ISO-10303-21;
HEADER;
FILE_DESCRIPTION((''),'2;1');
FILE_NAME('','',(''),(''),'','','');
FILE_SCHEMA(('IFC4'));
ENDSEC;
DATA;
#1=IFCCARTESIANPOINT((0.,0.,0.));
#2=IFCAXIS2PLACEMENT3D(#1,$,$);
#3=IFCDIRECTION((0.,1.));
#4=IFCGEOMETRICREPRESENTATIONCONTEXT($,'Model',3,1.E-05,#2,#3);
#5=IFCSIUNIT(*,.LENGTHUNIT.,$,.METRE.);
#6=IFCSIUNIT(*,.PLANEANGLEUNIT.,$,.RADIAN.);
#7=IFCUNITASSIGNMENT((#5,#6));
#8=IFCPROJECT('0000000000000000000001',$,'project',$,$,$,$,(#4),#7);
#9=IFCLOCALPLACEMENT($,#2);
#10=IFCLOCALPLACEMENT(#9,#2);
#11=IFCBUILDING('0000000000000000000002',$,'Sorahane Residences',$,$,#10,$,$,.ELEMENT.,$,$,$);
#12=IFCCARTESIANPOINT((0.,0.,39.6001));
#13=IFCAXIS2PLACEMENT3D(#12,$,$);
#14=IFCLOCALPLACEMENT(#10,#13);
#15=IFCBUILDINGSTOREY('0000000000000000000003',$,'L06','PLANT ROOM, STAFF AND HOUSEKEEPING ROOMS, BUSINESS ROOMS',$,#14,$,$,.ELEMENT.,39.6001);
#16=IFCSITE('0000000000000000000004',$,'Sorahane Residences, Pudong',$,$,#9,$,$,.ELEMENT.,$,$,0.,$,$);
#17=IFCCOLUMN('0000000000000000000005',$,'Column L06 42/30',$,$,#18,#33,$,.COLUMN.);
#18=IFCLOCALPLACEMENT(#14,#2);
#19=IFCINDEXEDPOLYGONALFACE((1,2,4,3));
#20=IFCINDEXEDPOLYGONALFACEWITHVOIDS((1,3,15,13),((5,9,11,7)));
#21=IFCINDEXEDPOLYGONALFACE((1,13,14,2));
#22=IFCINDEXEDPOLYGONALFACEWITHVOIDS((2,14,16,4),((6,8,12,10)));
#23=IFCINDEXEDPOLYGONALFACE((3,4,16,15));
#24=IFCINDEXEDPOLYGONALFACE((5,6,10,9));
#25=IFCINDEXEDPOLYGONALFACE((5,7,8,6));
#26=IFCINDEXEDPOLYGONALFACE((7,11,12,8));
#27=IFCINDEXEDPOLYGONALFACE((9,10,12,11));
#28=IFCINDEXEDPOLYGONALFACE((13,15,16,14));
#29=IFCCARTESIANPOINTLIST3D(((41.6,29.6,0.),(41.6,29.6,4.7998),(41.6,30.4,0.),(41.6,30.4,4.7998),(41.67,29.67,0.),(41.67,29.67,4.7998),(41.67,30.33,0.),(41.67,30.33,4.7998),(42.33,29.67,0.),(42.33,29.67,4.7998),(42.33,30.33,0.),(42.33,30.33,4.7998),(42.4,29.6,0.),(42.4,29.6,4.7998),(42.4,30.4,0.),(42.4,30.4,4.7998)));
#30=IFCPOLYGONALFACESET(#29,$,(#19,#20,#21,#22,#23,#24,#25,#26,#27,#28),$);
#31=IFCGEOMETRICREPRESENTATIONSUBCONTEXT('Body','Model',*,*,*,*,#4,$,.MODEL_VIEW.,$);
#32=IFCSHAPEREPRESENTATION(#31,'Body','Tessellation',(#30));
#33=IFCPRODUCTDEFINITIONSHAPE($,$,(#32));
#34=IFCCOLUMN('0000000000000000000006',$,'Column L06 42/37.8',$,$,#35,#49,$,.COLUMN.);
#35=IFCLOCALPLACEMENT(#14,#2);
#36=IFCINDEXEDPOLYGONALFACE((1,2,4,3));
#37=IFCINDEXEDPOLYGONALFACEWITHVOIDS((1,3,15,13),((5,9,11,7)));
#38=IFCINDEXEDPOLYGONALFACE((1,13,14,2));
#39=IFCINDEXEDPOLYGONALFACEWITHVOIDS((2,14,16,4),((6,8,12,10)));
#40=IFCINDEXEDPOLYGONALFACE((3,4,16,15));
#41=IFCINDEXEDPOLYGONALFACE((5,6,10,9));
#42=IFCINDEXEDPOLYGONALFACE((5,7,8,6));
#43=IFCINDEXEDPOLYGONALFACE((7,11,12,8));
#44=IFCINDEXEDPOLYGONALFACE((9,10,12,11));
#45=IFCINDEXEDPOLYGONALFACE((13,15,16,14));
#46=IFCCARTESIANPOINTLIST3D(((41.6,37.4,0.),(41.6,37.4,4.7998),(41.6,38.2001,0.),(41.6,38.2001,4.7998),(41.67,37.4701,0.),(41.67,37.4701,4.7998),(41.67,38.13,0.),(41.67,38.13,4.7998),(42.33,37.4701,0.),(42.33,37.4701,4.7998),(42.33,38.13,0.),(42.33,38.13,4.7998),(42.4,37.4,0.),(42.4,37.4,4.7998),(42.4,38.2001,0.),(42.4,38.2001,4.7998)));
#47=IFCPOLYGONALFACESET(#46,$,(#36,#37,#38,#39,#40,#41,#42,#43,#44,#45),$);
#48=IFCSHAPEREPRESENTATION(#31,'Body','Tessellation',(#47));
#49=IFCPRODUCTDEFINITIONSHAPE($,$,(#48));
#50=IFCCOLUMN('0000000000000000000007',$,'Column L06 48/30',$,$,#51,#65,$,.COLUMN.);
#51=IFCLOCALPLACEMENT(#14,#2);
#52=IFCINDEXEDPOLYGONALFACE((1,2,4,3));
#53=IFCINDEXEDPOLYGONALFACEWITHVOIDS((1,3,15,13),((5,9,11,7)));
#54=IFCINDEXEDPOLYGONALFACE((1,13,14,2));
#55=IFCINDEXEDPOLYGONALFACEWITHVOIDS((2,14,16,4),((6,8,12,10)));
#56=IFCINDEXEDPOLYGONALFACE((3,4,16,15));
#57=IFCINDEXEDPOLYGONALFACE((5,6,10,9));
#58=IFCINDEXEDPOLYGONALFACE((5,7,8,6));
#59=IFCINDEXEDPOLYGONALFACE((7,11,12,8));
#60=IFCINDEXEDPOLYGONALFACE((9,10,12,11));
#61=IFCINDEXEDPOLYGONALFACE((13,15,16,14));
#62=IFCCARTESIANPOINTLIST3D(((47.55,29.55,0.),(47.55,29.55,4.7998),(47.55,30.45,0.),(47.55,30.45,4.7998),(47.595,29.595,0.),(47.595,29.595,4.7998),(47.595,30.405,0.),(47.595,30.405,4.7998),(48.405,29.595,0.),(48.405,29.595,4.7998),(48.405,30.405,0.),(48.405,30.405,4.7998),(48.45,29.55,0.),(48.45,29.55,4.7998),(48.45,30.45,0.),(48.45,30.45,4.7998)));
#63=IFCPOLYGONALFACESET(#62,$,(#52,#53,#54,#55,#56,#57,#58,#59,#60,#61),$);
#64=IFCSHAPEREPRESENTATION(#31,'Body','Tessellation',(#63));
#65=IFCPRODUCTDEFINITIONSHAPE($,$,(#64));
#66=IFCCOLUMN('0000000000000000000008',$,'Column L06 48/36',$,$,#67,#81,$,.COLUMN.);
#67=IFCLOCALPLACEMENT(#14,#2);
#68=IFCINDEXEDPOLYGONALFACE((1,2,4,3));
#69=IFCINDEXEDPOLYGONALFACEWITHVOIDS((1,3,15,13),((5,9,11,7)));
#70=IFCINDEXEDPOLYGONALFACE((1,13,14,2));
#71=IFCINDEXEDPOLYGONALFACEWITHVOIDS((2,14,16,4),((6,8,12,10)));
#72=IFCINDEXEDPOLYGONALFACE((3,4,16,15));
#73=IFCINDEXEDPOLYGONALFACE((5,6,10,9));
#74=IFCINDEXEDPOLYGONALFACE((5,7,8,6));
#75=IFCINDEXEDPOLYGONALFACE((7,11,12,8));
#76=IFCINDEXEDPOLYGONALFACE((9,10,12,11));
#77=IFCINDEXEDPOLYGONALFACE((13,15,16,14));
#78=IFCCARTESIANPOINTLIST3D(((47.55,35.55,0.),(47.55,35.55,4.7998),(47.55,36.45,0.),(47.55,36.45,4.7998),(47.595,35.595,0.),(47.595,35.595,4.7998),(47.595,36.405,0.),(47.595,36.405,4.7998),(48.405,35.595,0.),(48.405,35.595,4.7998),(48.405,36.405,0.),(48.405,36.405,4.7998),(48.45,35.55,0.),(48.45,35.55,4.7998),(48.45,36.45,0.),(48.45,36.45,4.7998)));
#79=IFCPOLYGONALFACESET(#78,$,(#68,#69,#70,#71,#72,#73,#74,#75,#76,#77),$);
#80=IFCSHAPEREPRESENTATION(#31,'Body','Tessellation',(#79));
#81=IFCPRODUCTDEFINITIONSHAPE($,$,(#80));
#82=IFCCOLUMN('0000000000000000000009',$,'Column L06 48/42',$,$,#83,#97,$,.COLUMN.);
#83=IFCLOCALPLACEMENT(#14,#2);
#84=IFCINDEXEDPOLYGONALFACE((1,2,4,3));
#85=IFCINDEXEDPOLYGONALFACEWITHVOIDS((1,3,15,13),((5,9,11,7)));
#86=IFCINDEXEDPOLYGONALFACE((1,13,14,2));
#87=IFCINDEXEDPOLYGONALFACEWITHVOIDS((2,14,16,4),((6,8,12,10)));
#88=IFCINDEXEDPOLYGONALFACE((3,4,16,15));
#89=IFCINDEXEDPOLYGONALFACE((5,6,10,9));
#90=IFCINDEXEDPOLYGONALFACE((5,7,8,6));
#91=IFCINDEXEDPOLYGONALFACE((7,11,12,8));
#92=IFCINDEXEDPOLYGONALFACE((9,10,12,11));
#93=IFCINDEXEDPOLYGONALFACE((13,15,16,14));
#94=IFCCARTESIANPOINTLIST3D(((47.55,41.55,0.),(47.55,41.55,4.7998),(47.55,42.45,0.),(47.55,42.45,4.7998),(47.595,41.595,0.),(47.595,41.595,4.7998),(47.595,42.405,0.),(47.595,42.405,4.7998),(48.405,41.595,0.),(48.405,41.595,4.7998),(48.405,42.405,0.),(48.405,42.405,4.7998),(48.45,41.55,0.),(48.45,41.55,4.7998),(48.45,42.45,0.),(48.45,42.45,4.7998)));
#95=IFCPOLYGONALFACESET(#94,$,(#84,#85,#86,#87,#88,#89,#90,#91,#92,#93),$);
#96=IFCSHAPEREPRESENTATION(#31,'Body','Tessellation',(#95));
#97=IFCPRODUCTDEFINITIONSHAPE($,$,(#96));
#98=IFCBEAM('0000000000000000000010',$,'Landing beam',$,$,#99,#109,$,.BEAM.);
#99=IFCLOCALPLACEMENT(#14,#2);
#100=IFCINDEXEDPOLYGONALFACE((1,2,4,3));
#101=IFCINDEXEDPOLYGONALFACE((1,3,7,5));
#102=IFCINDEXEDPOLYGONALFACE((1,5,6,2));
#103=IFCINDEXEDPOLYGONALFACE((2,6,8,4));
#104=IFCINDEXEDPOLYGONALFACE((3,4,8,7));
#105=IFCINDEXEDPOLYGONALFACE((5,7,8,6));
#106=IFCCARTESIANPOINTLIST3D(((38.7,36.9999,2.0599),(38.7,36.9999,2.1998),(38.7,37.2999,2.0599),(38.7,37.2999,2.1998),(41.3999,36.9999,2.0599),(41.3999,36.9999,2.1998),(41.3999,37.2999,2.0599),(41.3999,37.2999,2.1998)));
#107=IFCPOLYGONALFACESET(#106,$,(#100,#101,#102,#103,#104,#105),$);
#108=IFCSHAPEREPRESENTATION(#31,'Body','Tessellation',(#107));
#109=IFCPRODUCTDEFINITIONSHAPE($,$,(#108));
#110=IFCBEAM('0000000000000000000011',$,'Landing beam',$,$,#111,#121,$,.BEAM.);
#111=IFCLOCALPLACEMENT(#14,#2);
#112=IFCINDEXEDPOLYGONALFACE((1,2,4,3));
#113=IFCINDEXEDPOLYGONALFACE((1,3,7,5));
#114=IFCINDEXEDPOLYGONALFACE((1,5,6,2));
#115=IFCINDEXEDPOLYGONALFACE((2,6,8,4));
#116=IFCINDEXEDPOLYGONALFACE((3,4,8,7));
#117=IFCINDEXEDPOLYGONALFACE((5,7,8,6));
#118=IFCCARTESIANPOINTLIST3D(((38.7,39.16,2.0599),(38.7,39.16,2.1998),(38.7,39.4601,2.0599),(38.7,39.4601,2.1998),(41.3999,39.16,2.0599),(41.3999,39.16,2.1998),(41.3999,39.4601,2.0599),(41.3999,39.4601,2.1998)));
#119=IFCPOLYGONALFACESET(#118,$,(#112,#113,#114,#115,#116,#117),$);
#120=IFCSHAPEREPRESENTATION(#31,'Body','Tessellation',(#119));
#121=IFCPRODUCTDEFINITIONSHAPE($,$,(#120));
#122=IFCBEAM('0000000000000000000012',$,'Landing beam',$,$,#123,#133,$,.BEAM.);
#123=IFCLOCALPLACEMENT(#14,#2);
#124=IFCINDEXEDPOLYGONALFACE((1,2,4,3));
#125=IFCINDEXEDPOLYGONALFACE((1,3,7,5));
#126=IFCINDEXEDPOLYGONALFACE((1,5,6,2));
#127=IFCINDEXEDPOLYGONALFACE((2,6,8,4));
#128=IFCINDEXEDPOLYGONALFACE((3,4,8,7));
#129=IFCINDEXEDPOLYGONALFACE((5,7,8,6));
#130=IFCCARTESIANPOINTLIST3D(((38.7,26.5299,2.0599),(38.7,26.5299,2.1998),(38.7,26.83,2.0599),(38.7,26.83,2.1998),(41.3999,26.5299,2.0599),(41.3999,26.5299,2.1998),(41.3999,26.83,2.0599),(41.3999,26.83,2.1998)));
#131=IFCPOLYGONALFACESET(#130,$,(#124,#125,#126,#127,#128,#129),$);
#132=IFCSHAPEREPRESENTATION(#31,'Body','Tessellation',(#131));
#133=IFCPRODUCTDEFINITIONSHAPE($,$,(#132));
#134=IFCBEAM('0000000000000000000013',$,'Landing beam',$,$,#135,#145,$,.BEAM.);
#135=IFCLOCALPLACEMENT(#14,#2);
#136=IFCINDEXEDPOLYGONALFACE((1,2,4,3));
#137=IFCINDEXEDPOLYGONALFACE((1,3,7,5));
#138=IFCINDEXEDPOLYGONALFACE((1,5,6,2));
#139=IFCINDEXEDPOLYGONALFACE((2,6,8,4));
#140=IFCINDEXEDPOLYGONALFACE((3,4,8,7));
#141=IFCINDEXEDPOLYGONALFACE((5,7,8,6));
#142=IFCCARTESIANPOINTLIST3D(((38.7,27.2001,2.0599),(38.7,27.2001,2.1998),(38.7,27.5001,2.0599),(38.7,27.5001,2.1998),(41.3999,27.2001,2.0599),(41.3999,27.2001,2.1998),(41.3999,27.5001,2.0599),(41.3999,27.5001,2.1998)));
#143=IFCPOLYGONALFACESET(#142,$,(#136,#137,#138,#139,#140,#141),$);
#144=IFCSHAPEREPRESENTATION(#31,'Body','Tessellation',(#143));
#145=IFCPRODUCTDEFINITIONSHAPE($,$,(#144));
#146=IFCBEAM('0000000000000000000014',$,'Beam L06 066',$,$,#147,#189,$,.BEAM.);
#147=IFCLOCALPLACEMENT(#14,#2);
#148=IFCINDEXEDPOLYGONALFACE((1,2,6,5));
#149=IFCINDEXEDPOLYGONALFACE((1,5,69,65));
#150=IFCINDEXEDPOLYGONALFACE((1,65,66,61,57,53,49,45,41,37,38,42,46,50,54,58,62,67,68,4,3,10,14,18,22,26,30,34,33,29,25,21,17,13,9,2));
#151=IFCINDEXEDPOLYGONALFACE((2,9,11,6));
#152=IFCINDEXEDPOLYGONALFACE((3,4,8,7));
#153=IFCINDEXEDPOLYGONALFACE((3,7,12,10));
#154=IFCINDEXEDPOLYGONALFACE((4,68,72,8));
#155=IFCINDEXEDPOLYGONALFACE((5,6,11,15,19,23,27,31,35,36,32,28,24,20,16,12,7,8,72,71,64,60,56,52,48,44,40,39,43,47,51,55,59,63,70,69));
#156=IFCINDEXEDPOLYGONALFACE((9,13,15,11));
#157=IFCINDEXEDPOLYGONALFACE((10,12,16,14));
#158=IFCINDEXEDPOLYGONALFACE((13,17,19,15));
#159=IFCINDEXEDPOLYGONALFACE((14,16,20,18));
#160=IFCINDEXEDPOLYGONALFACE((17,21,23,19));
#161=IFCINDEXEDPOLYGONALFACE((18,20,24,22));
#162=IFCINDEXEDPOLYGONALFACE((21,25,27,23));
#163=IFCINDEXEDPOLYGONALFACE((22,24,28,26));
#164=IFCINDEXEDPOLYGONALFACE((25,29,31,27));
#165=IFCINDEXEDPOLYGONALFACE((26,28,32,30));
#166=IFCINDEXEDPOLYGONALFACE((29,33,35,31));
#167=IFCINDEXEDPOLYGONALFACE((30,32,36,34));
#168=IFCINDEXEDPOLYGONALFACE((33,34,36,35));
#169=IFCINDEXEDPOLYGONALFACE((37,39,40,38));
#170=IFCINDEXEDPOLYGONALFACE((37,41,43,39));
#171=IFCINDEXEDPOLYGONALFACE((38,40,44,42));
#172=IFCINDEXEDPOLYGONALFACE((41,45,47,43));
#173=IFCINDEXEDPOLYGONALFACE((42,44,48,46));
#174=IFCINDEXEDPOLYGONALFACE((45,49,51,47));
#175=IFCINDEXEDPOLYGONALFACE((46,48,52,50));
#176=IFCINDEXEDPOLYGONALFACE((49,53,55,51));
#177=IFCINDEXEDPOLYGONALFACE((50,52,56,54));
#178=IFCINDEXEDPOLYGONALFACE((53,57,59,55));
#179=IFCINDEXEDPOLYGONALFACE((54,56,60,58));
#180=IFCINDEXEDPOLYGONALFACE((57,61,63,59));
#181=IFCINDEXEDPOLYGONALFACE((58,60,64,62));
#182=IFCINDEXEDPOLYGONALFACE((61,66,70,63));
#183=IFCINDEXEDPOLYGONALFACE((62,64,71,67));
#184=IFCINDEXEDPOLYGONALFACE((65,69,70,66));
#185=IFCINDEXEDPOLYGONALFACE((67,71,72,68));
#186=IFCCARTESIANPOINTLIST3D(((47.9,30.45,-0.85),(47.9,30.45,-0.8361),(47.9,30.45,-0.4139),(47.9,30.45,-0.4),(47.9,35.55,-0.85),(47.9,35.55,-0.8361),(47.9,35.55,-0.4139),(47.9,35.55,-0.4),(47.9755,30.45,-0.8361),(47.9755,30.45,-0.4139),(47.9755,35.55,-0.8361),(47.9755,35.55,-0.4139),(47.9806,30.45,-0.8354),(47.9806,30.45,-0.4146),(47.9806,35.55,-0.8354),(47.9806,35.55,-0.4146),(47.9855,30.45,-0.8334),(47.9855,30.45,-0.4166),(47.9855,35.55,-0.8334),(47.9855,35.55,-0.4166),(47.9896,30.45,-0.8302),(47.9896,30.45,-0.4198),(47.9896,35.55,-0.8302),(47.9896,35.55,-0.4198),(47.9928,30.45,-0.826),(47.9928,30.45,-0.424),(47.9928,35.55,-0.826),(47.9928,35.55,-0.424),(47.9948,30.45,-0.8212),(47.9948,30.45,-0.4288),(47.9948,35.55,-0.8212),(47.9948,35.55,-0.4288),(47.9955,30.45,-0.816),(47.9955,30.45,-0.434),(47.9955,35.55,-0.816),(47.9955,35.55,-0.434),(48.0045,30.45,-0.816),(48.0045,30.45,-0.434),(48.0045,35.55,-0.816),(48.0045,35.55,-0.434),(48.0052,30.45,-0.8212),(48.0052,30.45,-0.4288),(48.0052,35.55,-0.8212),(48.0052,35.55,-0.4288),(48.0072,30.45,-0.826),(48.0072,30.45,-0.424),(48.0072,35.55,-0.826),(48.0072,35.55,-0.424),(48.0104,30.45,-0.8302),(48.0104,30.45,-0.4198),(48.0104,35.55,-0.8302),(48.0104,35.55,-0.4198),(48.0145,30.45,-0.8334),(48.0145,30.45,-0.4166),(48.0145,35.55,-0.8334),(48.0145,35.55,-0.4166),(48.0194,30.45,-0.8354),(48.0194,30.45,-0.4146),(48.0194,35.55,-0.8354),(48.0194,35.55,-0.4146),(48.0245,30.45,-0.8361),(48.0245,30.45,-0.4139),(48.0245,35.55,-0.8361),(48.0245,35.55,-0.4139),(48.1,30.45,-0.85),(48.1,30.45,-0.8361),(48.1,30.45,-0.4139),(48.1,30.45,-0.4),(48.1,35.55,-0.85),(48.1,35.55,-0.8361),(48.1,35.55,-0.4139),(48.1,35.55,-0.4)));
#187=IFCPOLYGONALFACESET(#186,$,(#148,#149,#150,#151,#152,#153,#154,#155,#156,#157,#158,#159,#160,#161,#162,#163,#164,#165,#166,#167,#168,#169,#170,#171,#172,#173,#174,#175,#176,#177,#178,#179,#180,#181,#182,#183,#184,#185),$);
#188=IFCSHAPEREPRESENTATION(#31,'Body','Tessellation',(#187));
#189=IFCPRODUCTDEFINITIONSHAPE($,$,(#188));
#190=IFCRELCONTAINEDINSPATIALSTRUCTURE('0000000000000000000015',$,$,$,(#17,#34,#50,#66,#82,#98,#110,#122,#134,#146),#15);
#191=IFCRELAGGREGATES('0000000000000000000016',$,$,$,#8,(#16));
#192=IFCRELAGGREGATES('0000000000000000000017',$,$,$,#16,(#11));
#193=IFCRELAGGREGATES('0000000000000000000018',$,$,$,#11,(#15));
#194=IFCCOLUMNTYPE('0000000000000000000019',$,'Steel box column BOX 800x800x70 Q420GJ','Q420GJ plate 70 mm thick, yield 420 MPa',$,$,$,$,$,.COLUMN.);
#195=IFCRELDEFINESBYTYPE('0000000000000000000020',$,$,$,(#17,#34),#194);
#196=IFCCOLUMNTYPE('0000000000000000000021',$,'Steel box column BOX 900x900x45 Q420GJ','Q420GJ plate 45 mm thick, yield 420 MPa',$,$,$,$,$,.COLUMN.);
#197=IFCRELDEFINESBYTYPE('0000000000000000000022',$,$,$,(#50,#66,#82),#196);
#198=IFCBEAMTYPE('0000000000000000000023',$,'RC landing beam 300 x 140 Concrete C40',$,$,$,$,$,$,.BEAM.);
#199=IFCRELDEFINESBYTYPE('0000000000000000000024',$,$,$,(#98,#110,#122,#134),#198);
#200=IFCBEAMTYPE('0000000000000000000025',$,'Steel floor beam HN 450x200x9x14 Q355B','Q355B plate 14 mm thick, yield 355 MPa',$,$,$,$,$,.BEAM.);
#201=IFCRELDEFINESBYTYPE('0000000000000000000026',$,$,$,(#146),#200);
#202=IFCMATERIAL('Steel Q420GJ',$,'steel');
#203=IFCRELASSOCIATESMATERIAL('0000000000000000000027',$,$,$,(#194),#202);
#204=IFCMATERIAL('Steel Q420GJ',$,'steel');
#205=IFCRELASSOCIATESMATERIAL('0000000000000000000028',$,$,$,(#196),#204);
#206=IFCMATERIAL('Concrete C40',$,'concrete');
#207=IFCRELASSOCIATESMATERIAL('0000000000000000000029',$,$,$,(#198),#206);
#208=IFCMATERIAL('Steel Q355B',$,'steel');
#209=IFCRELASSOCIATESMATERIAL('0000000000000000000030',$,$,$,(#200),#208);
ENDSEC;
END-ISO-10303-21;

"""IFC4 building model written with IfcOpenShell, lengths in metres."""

from ifc_helpers import new_model, si_unit, direction, frame, origin, origin_2d, place, context, subcontext, project, spatial, rectangle, hollow_rectangle, i_section, extrude, material, material_profile, profile_set, type_object, element, save


model = new_model("IFC4")

# Units and contexts
model_context = context("Model", 3, precision=1e-05, world=origin(), true_north=direction((0.0, 1.0)))
body_context = subcontext(model_context, "Body", "Model", "MODEL_VIEW")
ifc_project = project(units=[si_unit("LENGTHUNIT", "METRE"), si_unit("PLANEANGLEUNIT", "RADIAN")], contexts=[model_context])

# Site, building, storey
site_placement = place(None, origin())
site = spatial("IfcSite", under=ifc_project, at=site_placement, Name="Sorahane Residences, Pudong", CompositionType="ELEMENT", RefElevation=0.0)
building_placement = place(site_placement, origin())
building = spatial("IfcBuilding", under=site, at=building_placement, Name="Sorahane Residences", CompositionType="ELEMENT")
storey_placement = place(building_placement, frame((0.0, 0.0, 39.6001)))
storey = spatial("IfcBuildingStorey", under=building, at=storey_placement, Name="L06", Description="PLANT ROOM, STAFF AND HOUSEKEEPING ROOMS, BUSINESS ROOMS", CompositionType="ELEMENT", Elevation=39.6001)

# Columns
ifc_material_1 = material(Name="Steel Q420GJ", Category="steel")
ifc_material_profile_1 = material_profile(ifc_material_1, hollow_rectangle(XDim=0.8, YDim=0.8, WallThickness=0.0701, at=origin_2d()), Name="BOX 800x800x70")
ifc_profile_set_1 = profile_set([ifc_material_profile_1], Name="Steel Q420GJ")
column_type_1 = type_object("IfcColumnType", Name="Steel box column BOX 800x800x70 Q420GJ", Description="Q420GJ plate 70 mm thick, yield 420 MPa", PredefinedType="COLUMN", material=ifc_profile_set_1)
for number, where, z_axis, x_axis, name in (
    (1, (42.0, 30.0, 0.0), (0.0, 0.0, 1.0), (1.0, 0.0, 0.0), "Column L06 42/30"),
    (2, (42.0, 37.8, 0.0), (0.0, 0.0, 1.0), (1.0, 0.0, 0.0), "Column L06 42/37.8"),
):
    element("IfcColumn", number, at=place(storey_placement, frame(where, z_axis=z_axis, x_axis=x_axis)), inside=storey, type_object=column_type_1, Name=name, PredefinedType="COLUMN", context=body_context, shape_type="SweptSolid", body=[
        extrude(hollow_rectangle(XDim=0.8, YDim=0.8, WallThickness=0.0701, at=origin_2d()), origin(), (0.0, 0.0, 1.0), 4.7998),
    ])
ifc_material_2 = material(Name="Steel Q420GJ", Category="steel")
ifc_material_profile_2 = material_profile(ifc_material_2, hollow_rectangle(XDim=0.8999, YDim=0.8999, WallThickness=0.0449, at=origin_2d()), Name="BOX 900x900x45")
ifc_profile_set_2 = profile_set([ifc_material_profile_2], Name="Steel Q420GJ")
column_type_2 = type_object("IfcColumnType", Name="Steel box column BOX 900x900x45 Q420GJ", Description="Q420GJ plate 45 mm thick, yield 420 MPa", PredefinedType="COLUMN", material=ifc_profile_set_2)
for number, where, z_axis, x_axis, name in (
    (3, (48.0, 30.0, 0.0), (0.0, 0.0, 1.0), (1.0, 0.0, 0.0), "Column L06 48/30"),
    (4, (48.0, 36.0, 0.0), (0.0, 0.0, 1.0), (1.0, 0.0, 0.0), "Column L06 48/36"),
    (5, (48.0, 42.0, 0.0), (0.0, 0.0, 1.0), (1.0, 0.0, 0.0), "Column L06 48/42"),
):
    element("IfcColumn", number, at=place(storey_placement, frame(where, z_axis=z_axis, x_axis=x_axis)), inside=storey, type_object=column_type_2, Name=name, PredefinedType="COLUMN", context=body_context, shape_type="SweptSolid", body=[
        extrude(hollow_rectangle(XDim=0.8999, YDim=0.8999, WallThickness=0.0449, at=origin_2d()), origin(), (0.0, 0.0, 1.0), 4.7998),
    ])

# Beams
ifc_material_3 = material(Name="Concrete C40", Category="concrete")
ifc_material_profile_3 = material_profile(ifc_material_3, rectangle(XDim=0.3, YDim=0.1399, at=origin_2d()), Name="300x140")
ifc_profile_set_3 = profile_set([ifc_material_profile_3], Name="Concrete C40")
beam_type_1 = type_object("IfcBeamType", Name="RC landing beam 300 x 140 Concrete C40", PredefinedType="BEAM", material=ifc_profile_set_3)
for number, where, z_axis, x_axis, name in (
    (6, (38.7, 37.1499, 2.1299), (1.0, 0.0, 0.0), (0.0, 1.0, 0.0), "Landing beam"),
    (7, (38.7, 39.3101, 2.1299), (1.0, 0.0, 0.0), (0.0, 1.0, 0.0), "Landing beam"),
    (8, (38.7, 26.6799, 2.1299), (1.0, 0.0, 0.0), (0.0, 1.0, 0.0), "Landing beam"),
    (9, (38.7, 27.3501, 2.1299), (1.0, 0.0, 0.0), (0.0, 1.0, 0.0), "Landing beam"),
):
    element("IfcBeam", number, at=place(storey_placement, frame(where, z_axis=z_axis, x_axis=x_axis)), inside=storey, type_object=beam_type_1, Name=name, PredefinedType="BEAM", context=body_context, shape_type="SweptSolid", body=[
        extrude(rectangle(XDim=0.3, YDim=0.1399, at=origin_2d()), origin(), (0.0, 0.0, 1.0), 2.7),
    ])
ifc_material_4 = material(Name="Steel Q355B", Category="steel")
ifc_material_profile_4 = material_profile(ifc_material_4, i_section(OverallWidth=0.2, OverallDepth=0.45, WebThickness=0.009, FlangeThickness=0.0139, FilletRadius=0.02, at=origin_2d()), Name="HN 450x200x9x14")
ifc_profile_set_4 = profile_set([ifc_material_profile_4], Name="Steel Q355B")
beam_type_2 = type_object("IfcBeamType", Name="Steel floor beam HN 450x200x9x14 Q355B", Description="Q355B plate 14 mm thick, yield 355 MPa", PredefinedType="BEAM", material=ifc_profile_set_4)
for number, where, z_axis, x_axis, name in (
    (10, (48.0, 30.45, -0.625), (0.0, 1.0, 0.0), (-1.0, 0.0, 0.0), "Beam L06 066"),
):
    element("IfcBeam", number, at=place(storey_placement, frame(where, z_axis=z_axis, x_axis=x_axis)), inside=storey, type_object=beam_type_2, Name=name, PredefinedType="BEAM", context=body_context, shape_type="SweptSolid", body=[
        extrude(i_section(OverallWidth=0.2, OverallDepth=0.45, WebThickness=0.009, FlangeThickness=0.0139, FilletRadius=0.02, at=origin_2d()), origin(), (0.0, 0.0, 1.0), 5.1001),
    ])

save(model, "model.ifc")
